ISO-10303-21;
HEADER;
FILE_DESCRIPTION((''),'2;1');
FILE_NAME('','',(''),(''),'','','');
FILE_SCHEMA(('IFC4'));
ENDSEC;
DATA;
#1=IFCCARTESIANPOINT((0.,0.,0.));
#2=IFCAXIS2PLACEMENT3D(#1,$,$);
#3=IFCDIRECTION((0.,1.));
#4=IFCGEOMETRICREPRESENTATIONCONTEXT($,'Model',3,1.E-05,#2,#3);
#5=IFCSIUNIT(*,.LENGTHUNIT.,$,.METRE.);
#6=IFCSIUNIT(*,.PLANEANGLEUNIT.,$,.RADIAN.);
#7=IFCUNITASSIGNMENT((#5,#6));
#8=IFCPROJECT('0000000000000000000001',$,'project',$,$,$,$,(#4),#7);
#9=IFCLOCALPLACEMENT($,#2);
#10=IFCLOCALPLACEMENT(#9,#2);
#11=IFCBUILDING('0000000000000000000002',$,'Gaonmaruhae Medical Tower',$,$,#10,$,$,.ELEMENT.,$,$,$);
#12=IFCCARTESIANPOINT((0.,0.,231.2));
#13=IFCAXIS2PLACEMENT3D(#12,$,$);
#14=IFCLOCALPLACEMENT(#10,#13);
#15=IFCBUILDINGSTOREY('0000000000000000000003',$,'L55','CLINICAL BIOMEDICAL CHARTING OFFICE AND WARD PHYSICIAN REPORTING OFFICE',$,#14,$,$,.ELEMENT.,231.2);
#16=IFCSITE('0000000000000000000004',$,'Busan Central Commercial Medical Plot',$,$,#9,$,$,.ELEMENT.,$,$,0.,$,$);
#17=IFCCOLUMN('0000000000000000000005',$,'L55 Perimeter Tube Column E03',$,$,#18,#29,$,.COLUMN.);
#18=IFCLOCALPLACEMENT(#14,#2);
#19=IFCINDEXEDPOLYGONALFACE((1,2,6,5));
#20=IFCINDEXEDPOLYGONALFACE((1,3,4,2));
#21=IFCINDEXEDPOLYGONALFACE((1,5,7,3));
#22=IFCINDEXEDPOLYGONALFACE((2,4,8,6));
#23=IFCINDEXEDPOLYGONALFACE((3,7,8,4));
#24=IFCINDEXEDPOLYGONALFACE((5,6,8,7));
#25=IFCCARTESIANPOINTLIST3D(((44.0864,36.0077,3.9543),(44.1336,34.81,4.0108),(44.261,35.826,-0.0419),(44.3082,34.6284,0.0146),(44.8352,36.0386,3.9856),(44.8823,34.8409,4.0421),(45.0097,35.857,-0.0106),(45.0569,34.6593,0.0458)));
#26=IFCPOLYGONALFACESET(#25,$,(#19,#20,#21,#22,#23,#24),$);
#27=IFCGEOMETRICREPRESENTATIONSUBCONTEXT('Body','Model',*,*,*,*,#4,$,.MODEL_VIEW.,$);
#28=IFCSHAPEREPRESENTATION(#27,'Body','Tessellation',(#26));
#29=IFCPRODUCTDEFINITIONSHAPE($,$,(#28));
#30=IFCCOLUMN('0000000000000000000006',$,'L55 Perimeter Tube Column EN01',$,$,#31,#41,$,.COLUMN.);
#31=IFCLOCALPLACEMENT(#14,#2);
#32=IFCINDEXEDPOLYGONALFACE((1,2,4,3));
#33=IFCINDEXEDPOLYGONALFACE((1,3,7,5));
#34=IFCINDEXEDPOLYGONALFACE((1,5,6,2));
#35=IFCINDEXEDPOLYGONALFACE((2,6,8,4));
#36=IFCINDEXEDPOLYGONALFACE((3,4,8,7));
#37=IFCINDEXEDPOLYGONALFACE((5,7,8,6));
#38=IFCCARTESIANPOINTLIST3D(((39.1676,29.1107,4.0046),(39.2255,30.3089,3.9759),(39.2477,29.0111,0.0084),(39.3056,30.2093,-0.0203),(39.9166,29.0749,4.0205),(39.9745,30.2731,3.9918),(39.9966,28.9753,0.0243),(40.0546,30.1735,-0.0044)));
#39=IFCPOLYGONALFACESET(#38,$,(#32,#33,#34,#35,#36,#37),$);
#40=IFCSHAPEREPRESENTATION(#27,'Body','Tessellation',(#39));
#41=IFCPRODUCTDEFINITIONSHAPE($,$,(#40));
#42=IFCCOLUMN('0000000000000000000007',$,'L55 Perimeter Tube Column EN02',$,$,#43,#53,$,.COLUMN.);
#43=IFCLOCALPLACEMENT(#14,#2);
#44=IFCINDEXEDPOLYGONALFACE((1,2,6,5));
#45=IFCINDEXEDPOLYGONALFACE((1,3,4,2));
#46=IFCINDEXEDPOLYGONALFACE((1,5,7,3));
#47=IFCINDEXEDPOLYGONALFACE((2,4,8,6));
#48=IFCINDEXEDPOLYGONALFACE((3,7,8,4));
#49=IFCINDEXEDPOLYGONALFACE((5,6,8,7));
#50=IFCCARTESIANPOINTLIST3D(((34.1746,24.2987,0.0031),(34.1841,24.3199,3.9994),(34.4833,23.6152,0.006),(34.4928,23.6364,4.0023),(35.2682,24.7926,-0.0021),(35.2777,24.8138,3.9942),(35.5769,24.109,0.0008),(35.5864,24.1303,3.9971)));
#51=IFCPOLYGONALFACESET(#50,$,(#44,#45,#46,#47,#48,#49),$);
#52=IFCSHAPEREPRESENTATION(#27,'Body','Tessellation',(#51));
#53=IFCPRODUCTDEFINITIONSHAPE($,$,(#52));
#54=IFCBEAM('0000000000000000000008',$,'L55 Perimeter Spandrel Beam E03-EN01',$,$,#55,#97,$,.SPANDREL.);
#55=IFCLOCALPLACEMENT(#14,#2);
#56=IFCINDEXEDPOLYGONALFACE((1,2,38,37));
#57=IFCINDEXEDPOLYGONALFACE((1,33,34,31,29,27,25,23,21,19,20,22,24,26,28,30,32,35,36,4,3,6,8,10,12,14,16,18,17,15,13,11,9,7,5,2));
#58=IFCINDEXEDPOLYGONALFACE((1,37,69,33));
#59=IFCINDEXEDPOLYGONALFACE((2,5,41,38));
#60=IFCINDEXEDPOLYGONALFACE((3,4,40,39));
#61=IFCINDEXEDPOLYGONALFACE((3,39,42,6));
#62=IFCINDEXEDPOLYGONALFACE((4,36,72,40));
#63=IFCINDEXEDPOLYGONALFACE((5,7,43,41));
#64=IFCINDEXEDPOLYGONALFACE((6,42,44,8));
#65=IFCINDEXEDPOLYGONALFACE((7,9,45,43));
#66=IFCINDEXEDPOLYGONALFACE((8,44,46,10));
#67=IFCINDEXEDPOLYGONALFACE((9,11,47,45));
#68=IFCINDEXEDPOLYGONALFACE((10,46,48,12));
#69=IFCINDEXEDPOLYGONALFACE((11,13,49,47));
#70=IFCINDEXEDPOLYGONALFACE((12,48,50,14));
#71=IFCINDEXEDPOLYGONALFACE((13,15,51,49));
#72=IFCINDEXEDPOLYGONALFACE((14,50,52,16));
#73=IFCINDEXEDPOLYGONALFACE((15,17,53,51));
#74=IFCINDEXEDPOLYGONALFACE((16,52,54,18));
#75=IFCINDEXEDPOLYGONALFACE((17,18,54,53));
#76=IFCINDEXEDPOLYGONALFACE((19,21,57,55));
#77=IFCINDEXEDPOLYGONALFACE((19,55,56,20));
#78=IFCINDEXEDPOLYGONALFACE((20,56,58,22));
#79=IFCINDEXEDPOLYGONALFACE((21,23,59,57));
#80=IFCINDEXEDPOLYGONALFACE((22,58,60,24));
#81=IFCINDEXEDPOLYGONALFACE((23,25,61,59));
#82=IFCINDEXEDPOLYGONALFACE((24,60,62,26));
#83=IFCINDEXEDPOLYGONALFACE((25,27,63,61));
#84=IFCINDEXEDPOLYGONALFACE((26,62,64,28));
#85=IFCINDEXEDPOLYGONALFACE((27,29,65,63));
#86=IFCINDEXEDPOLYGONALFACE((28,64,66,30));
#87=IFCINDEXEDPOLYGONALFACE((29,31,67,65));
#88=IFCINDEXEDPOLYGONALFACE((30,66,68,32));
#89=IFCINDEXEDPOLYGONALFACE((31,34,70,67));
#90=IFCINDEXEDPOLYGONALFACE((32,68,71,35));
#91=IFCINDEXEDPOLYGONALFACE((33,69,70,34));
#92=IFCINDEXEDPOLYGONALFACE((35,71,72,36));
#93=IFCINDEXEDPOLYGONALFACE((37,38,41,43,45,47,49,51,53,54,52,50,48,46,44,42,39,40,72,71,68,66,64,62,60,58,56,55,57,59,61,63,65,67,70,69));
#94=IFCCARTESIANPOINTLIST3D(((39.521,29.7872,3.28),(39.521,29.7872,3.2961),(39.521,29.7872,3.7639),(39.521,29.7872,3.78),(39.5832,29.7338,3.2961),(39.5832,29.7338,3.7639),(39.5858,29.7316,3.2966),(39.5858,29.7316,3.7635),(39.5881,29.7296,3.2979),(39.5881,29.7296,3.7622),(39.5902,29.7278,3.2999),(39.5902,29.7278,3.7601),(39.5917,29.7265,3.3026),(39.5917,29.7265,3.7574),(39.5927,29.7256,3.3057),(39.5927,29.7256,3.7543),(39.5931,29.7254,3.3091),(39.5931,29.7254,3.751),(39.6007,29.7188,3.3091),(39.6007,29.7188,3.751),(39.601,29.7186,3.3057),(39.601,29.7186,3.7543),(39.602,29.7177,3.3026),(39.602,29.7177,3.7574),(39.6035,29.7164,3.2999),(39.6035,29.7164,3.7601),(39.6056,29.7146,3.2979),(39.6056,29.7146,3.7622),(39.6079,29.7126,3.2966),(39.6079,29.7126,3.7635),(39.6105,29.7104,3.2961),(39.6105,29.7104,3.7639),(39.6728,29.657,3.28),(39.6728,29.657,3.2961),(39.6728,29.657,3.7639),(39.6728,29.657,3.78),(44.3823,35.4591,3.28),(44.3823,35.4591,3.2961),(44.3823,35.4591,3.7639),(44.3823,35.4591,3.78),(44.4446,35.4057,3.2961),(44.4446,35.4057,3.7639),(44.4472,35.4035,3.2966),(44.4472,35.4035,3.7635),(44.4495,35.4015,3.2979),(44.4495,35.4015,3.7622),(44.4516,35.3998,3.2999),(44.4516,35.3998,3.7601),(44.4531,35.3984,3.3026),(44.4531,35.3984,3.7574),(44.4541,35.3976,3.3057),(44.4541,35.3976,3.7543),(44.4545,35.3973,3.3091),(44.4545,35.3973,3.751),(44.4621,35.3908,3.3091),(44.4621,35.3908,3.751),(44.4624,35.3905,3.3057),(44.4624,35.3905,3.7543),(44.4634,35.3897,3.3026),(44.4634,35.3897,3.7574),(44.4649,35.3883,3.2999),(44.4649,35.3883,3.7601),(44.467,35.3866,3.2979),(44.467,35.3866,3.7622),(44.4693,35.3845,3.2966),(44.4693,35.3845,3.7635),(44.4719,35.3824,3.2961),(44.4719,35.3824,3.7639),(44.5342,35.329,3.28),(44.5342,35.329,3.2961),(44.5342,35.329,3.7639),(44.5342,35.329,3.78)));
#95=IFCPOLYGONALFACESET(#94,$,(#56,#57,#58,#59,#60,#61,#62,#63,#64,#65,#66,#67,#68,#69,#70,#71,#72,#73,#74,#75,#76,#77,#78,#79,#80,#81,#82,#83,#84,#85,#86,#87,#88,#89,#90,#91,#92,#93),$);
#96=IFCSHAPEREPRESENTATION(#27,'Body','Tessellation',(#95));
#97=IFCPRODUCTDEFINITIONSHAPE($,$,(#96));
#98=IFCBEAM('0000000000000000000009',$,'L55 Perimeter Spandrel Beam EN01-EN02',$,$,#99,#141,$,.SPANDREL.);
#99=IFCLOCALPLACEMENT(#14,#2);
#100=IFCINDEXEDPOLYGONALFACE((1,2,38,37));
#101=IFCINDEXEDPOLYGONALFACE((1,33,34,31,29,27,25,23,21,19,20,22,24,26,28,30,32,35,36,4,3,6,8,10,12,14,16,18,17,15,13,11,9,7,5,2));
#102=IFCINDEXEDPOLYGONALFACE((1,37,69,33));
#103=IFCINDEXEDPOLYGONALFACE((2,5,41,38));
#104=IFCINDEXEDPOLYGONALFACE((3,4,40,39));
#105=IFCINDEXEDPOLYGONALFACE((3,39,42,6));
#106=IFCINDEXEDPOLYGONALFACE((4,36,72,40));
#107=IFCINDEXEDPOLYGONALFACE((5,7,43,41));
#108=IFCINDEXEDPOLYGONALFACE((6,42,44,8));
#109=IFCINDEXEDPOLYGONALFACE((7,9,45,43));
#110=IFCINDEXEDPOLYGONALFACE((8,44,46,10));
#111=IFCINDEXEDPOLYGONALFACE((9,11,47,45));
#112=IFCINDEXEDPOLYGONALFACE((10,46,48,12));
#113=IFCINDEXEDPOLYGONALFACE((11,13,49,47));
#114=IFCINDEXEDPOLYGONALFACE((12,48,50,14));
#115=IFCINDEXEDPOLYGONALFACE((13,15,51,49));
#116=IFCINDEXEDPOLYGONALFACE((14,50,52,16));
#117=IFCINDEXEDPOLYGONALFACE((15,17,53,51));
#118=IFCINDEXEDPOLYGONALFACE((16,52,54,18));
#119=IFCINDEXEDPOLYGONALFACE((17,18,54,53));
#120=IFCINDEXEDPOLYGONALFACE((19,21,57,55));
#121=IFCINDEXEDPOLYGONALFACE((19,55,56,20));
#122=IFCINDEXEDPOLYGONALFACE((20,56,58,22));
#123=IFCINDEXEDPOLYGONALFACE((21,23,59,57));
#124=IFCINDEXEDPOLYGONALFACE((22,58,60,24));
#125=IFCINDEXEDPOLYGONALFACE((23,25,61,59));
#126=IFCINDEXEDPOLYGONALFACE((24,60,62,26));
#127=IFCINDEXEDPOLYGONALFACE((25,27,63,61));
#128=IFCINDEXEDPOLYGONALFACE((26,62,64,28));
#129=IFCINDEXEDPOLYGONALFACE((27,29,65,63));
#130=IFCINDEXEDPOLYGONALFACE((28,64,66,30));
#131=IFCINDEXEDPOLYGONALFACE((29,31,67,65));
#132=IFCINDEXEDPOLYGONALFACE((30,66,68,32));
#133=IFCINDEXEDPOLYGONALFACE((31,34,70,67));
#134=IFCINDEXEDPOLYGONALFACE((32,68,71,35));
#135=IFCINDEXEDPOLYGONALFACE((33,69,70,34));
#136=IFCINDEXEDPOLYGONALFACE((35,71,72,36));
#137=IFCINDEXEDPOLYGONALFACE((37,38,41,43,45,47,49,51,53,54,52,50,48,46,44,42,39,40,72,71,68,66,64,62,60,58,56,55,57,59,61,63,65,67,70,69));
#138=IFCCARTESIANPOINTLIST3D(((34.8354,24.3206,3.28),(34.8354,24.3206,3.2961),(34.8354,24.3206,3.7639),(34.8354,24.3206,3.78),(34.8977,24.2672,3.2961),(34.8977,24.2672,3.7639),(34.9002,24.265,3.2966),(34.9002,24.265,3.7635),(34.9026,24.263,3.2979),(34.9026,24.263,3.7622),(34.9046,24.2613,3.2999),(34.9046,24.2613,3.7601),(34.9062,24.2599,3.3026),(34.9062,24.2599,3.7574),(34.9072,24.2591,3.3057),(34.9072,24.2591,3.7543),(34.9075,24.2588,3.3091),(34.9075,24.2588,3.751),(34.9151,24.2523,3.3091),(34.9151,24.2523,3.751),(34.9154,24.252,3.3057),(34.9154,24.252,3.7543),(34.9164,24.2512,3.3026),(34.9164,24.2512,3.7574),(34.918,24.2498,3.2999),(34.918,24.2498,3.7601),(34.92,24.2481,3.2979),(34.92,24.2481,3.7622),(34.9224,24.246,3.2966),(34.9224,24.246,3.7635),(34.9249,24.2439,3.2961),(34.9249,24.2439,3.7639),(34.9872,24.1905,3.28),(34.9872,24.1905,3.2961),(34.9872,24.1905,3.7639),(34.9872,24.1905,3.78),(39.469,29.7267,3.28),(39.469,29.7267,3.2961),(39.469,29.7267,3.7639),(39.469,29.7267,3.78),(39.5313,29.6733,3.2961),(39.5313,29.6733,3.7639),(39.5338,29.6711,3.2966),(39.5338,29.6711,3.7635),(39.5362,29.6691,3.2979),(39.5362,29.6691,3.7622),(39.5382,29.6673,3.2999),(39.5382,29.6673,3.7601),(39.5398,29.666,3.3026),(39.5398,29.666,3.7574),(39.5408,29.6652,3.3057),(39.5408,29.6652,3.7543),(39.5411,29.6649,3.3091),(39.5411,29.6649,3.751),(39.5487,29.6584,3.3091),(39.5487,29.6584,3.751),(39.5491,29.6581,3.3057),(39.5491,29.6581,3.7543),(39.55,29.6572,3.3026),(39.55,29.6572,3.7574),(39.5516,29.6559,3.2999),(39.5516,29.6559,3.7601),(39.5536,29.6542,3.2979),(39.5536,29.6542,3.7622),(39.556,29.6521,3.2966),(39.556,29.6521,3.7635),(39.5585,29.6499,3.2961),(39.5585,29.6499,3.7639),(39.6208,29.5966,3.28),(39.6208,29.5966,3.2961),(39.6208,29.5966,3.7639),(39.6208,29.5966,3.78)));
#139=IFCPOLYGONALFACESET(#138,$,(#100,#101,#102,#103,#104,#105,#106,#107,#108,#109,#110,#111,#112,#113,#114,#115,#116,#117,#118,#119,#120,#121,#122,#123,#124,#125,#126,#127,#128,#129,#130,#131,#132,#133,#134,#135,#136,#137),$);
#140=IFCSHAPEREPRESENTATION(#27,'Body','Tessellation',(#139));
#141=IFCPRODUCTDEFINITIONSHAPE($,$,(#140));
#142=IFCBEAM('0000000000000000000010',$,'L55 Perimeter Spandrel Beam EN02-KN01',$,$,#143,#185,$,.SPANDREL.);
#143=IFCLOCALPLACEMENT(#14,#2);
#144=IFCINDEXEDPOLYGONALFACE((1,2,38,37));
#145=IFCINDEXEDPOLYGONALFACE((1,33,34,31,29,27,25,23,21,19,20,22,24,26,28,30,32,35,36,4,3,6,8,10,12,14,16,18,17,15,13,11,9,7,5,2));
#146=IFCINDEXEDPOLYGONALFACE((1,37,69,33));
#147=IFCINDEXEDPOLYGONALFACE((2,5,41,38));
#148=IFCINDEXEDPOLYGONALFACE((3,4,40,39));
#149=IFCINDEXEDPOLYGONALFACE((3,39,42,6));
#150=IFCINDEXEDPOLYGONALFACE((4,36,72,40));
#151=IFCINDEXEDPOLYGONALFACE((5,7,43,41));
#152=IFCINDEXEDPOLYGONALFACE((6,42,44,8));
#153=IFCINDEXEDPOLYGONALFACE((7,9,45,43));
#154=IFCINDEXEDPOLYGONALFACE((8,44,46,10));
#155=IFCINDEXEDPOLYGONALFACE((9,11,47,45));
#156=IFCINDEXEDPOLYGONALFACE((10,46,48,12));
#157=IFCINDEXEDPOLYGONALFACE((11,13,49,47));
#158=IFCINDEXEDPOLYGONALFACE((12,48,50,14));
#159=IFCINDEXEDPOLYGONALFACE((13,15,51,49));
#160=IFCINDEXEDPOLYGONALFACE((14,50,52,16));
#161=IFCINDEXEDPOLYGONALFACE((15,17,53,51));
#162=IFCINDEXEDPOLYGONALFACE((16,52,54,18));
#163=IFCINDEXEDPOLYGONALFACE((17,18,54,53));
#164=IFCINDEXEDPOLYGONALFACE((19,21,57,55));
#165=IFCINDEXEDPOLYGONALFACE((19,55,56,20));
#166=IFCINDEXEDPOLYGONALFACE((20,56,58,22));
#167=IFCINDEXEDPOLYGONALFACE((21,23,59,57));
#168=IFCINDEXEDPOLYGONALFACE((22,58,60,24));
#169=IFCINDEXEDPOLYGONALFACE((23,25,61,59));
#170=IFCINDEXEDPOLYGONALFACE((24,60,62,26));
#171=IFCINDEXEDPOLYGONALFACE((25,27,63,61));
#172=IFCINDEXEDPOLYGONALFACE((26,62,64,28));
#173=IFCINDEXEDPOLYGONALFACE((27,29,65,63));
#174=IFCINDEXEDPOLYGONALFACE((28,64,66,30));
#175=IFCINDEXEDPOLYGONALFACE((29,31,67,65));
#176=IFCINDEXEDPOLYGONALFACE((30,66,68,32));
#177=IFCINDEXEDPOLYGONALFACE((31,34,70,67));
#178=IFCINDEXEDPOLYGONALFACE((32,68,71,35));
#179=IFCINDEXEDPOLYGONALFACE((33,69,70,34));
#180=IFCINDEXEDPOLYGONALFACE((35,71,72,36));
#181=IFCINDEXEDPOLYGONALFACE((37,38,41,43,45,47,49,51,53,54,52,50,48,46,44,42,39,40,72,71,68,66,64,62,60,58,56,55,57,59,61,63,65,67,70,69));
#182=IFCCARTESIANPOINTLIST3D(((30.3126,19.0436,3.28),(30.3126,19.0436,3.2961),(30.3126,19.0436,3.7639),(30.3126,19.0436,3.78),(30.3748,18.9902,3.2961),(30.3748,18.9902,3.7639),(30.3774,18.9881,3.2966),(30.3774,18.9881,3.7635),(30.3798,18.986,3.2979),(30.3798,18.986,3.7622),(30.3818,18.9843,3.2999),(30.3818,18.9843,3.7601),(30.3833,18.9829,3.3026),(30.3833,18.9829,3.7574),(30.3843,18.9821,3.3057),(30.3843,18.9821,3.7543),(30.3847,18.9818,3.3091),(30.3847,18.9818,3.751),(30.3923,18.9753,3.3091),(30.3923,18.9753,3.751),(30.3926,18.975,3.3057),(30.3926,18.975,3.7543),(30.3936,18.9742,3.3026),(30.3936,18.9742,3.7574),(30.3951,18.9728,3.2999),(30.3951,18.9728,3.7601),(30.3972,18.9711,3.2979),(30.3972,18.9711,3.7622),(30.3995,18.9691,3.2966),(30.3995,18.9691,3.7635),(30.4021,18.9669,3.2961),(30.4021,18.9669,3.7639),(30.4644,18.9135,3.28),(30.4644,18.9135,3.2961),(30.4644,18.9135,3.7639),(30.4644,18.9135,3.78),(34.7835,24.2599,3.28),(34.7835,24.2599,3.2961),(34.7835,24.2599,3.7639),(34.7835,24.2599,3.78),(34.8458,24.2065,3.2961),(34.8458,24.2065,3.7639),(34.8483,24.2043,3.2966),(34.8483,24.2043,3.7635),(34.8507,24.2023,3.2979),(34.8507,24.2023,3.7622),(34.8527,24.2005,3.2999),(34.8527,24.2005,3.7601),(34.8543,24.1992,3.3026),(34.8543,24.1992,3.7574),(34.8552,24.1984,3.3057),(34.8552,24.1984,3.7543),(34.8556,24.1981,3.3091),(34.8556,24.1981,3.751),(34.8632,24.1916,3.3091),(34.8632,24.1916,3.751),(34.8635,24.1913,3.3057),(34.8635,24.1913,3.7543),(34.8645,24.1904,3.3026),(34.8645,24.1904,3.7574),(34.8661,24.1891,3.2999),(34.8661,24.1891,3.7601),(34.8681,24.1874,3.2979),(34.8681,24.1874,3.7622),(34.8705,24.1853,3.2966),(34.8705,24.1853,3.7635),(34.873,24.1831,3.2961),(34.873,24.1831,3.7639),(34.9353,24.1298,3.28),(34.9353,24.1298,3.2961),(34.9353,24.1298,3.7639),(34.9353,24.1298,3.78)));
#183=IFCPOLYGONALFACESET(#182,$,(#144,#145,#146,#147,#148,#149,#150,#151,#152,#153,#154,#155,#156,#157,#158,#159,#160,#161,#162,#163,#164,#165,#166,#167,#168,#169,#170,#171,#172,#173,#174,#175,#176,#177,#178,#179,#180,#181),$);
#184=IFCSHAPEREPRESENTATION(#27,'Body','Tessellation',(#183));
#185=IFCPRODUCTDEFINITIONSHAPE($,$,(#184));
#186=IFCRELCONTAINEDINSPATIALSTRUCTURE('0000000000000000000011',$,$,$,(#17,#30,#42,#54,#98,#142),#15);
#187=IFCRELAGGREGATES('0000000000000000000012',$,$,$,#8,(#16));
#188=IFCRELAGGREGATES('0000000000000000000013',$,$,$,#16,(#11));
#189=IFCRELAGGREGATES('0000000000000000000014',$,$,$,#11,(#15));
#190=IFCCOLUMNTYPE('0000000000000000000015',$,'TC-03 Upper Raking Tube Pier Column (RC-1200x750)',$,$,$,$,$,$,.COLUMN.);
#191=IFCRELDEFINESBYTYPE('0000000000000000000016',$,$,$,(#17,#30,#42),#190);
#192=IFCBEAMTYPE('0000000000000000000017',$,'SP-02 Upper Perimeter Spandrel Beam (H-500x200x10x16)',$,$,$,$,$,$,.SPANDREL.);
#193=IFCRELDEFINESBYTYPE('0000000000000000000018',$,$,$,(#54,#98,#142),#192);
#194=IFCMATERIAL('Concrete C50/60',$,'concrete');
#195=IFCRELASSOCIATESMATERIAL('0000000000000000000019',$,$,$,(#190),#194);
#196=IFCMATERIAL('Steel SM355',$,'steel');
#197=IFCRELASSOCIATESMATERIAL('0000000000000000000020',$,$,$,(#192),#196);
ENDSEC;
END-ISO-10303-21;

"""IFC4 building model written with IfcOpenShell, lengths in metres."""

from ifc_helpers import new_model, si_unit, direction, frame, origin, origin_2d, place, context, subcontext, project, spatial, rectangle, i_section, extrude, material, material_profile, profile_set, type_object, element, save


model = new_model("IFC4")

# Units and contexts
model_context = context("Model", 3, precision=1e-05, world=origin(), true_north=direction((0.0, 1.0)))
body_context = subcontext(model_context, "Body", "Model", "MODEL_VIEW")
ifc_project = project(units=[si_unit("LENGTHUNIT", "METRE"), si_unit("PLANEANGLEUNIT", "RADIAN")], contexts=[model_context])

# Site, building, storey
site_placement = place(None, origin())
site = spatial("IfcSite", under=ifc_project, at=site_placement, Name="Busan Central Commercial Medical Plot", CompositionType="ELEMENT", RefElevation=0.0)
building_placement = place(site_placement, origin())
building = spatial("IfcBuilding", under=site, at=building_placement, Name="Gaonmaruhae Medical Tower", CompositionType="ELEMENT")
storey_placement = place(building_placement, frame((0.0, 0.0, 231.2)))
storey = spatial("IfcBuildingStorey", under=building, at=storey_placement, Name="L55", Description="CLINICAL BIOMEDICAL CHARTING OFFICE AND WARD PHYSICIAN REPORTING OFFICE", CompositionType="ELEMENT", Elevation=231.2)

# Columns
ifc_material_1 = material(Name="Concrete C50/60", Category="concrete")
ifc_material_profile_1 = material_profile(ifc_material_1, rectangle(XDim=1.2, YDim=0.75, at=origin_2d()), Name="RC-1200x750")
ifc_profile_set_1 = profile_set([ifc_material_profile_1], Name="Concrete C50/60")
column_type = type_object("IfcColumnType", Name="TC-03 Upper Raking Tube Pier Column (RC-1200x750)", PredefinedType="COLUMN", material=ifc_profile_set_1)
column_1_placement = place(storey_placement, frame((44.6589, 35.2427, 0.002), z_axis=(-0.043594, 0.045362, 0.998019), x_axis=(0.039302, -0.998118, 0.047083)))
element("IfcColumn", 1, at=column_1_placement, inside=storey, type_object=column_type, Name="L55 Perimeter Tube Column E03", PredefinedType="COLUMN", context=body_context, shape_type="SweptSolid", body=[
    extrude(rectangle(XDim=1.2, YDim=0.75, at=origin_2d()), origin(), (0.0, 0.0, 1.0), 4.0042),
])
column_2_placement = place(storey_placement, frame((39.6511, 29.5923, 0.002), z_axis=(-0.020028, 0.024912, 0.999489), x_axis=(-0.048278, -0.998547, 0.023922)))
element("IfcColumn", 2, at=column_2_placement, inside=storey, type_object=column_type, Name="L55 Perimeter Tube Column EN01", PredefinedType="COLUMN", context=body_context, shape_type="SweptSolid", body=[
    extrude(rectangle(XDim=1.2, YDim=0.75, at=origin_2d()), origin(), (0.0, 0.0, 1.0), 3.9983),
])
column_3_placement = place(storey_placement, frame((34.8757, 24.2039, 0.002), z_axis=(0.002383, 0.005315, 0.999983), x_axis=(-0.911366, -0.411574, 0.004359)))
element("IfcColumn", 3, at=column_3_placement, inside=storey, type_object=column_type, Name="L55 Perimeter Tube Column EN02", PredefinedType="COLUMN", context=body_context, shape_type="SweptSolid", body=[
    extrude(rectangle(XDim=1.2, YDim=0.75, at=origin_2d()), origin(), (0.0, 0.0, 1.0), 3.9963),
])

# Beams
ifc_material_2 = material(Name="Steel SM355", Category="steel")
ifc_material_profile_2 = material_profile(ifc_material_2, i_section(OverallWidth=0.2, OverallDepth=0.5, WebThickness=0.01, FlangeThickness=0.0161, FilletRadius=0.0129, at=origin_2d()), Name="H-500x200x10x16")
ifc_profile_set_2 = profile_set([ifc_material_profile_2], Name="Steel SM355")
beam_type = type_object("IfcBeamType", Name="SP-02 Upper Perimeter Spandrel Beam (H-500x200x10x16)", PredefinedType="SPANDREL", material=ifc_profile_set_2)
beam_1_placement = place(storey_placement, frame((44.4583, 35.394, 3.53), z_axis=(-0.65077, -0.759275, 0.0), x_axis=(0.759275, -0.65077, 0.0)))
element("IfcBeam", 4, at=beam_1_placement, inside=storey, type_object=beam_type, Name="L55 Perimeter Spandrel Beam E03-EN01", PredefinedType="SPANDREL", context=body_context, shape_type="SweptSolid", body=[
    extrude(i_section(OverallWidth=0.2, OverallDepth=0.5, WebThickness=0.01, FlangeThickness=0.0161, FilletRadius=0.0129, at=origin_2d()), origin(), (0.0, 0.0, 1.0), 7.4702),
])
beam_2_placement = place(storey_placement, frame((39.5449, 29.6616, 3.53), z_axis=(-0.650777, -0.759269, 0.0), x_axis=(0.759269, -0.650777, 0.0)))
element("IfcBeam", 5, at=beam_2_placement, inside=storey, type_object=beam_type, Name="L55 Perimeter Spandrel Beam EN01-EN02", PredefinedType="SPANDREL", context=body_context, shape_type="SweptSolid", body=[
    extrude(i_section(OverallWidth=0.2, OverallDepth=0.5, WebThickness=0.01, FlangeThickness=0.0161, FilletRadius=0.0129, at=origin_2d()), origin(), (0.0, 0.0, 1.0), 7.1201),
])
beam_3_placement = place(storey_placement, frame((34.8594, 24.1948, 3.53), z_axis=(-0.650777, -0.759269, 0.0), x_axis=(0.759269, -0.650777, 0.0)))
element("IfcBeam", 6, at=beam_3_placement, inside=storey, type_object=beam_type, Name="L55 Perimeter Spandrel Beam EN02-KN01", PredefinedType="SPANDREL", context=body_context, shape_type="SweptSolid", body=[
    extrude(i_section(OverallWidth=0.2, OverallDepth=0.5, WebThickness=0.01, FlangeThickness=0.0161, FilletRadius=0.0129, at=origin_2d()), origin(), (0.0, 0.0, 1.0), 6.8701),
])

save(model, "model.ifc")
